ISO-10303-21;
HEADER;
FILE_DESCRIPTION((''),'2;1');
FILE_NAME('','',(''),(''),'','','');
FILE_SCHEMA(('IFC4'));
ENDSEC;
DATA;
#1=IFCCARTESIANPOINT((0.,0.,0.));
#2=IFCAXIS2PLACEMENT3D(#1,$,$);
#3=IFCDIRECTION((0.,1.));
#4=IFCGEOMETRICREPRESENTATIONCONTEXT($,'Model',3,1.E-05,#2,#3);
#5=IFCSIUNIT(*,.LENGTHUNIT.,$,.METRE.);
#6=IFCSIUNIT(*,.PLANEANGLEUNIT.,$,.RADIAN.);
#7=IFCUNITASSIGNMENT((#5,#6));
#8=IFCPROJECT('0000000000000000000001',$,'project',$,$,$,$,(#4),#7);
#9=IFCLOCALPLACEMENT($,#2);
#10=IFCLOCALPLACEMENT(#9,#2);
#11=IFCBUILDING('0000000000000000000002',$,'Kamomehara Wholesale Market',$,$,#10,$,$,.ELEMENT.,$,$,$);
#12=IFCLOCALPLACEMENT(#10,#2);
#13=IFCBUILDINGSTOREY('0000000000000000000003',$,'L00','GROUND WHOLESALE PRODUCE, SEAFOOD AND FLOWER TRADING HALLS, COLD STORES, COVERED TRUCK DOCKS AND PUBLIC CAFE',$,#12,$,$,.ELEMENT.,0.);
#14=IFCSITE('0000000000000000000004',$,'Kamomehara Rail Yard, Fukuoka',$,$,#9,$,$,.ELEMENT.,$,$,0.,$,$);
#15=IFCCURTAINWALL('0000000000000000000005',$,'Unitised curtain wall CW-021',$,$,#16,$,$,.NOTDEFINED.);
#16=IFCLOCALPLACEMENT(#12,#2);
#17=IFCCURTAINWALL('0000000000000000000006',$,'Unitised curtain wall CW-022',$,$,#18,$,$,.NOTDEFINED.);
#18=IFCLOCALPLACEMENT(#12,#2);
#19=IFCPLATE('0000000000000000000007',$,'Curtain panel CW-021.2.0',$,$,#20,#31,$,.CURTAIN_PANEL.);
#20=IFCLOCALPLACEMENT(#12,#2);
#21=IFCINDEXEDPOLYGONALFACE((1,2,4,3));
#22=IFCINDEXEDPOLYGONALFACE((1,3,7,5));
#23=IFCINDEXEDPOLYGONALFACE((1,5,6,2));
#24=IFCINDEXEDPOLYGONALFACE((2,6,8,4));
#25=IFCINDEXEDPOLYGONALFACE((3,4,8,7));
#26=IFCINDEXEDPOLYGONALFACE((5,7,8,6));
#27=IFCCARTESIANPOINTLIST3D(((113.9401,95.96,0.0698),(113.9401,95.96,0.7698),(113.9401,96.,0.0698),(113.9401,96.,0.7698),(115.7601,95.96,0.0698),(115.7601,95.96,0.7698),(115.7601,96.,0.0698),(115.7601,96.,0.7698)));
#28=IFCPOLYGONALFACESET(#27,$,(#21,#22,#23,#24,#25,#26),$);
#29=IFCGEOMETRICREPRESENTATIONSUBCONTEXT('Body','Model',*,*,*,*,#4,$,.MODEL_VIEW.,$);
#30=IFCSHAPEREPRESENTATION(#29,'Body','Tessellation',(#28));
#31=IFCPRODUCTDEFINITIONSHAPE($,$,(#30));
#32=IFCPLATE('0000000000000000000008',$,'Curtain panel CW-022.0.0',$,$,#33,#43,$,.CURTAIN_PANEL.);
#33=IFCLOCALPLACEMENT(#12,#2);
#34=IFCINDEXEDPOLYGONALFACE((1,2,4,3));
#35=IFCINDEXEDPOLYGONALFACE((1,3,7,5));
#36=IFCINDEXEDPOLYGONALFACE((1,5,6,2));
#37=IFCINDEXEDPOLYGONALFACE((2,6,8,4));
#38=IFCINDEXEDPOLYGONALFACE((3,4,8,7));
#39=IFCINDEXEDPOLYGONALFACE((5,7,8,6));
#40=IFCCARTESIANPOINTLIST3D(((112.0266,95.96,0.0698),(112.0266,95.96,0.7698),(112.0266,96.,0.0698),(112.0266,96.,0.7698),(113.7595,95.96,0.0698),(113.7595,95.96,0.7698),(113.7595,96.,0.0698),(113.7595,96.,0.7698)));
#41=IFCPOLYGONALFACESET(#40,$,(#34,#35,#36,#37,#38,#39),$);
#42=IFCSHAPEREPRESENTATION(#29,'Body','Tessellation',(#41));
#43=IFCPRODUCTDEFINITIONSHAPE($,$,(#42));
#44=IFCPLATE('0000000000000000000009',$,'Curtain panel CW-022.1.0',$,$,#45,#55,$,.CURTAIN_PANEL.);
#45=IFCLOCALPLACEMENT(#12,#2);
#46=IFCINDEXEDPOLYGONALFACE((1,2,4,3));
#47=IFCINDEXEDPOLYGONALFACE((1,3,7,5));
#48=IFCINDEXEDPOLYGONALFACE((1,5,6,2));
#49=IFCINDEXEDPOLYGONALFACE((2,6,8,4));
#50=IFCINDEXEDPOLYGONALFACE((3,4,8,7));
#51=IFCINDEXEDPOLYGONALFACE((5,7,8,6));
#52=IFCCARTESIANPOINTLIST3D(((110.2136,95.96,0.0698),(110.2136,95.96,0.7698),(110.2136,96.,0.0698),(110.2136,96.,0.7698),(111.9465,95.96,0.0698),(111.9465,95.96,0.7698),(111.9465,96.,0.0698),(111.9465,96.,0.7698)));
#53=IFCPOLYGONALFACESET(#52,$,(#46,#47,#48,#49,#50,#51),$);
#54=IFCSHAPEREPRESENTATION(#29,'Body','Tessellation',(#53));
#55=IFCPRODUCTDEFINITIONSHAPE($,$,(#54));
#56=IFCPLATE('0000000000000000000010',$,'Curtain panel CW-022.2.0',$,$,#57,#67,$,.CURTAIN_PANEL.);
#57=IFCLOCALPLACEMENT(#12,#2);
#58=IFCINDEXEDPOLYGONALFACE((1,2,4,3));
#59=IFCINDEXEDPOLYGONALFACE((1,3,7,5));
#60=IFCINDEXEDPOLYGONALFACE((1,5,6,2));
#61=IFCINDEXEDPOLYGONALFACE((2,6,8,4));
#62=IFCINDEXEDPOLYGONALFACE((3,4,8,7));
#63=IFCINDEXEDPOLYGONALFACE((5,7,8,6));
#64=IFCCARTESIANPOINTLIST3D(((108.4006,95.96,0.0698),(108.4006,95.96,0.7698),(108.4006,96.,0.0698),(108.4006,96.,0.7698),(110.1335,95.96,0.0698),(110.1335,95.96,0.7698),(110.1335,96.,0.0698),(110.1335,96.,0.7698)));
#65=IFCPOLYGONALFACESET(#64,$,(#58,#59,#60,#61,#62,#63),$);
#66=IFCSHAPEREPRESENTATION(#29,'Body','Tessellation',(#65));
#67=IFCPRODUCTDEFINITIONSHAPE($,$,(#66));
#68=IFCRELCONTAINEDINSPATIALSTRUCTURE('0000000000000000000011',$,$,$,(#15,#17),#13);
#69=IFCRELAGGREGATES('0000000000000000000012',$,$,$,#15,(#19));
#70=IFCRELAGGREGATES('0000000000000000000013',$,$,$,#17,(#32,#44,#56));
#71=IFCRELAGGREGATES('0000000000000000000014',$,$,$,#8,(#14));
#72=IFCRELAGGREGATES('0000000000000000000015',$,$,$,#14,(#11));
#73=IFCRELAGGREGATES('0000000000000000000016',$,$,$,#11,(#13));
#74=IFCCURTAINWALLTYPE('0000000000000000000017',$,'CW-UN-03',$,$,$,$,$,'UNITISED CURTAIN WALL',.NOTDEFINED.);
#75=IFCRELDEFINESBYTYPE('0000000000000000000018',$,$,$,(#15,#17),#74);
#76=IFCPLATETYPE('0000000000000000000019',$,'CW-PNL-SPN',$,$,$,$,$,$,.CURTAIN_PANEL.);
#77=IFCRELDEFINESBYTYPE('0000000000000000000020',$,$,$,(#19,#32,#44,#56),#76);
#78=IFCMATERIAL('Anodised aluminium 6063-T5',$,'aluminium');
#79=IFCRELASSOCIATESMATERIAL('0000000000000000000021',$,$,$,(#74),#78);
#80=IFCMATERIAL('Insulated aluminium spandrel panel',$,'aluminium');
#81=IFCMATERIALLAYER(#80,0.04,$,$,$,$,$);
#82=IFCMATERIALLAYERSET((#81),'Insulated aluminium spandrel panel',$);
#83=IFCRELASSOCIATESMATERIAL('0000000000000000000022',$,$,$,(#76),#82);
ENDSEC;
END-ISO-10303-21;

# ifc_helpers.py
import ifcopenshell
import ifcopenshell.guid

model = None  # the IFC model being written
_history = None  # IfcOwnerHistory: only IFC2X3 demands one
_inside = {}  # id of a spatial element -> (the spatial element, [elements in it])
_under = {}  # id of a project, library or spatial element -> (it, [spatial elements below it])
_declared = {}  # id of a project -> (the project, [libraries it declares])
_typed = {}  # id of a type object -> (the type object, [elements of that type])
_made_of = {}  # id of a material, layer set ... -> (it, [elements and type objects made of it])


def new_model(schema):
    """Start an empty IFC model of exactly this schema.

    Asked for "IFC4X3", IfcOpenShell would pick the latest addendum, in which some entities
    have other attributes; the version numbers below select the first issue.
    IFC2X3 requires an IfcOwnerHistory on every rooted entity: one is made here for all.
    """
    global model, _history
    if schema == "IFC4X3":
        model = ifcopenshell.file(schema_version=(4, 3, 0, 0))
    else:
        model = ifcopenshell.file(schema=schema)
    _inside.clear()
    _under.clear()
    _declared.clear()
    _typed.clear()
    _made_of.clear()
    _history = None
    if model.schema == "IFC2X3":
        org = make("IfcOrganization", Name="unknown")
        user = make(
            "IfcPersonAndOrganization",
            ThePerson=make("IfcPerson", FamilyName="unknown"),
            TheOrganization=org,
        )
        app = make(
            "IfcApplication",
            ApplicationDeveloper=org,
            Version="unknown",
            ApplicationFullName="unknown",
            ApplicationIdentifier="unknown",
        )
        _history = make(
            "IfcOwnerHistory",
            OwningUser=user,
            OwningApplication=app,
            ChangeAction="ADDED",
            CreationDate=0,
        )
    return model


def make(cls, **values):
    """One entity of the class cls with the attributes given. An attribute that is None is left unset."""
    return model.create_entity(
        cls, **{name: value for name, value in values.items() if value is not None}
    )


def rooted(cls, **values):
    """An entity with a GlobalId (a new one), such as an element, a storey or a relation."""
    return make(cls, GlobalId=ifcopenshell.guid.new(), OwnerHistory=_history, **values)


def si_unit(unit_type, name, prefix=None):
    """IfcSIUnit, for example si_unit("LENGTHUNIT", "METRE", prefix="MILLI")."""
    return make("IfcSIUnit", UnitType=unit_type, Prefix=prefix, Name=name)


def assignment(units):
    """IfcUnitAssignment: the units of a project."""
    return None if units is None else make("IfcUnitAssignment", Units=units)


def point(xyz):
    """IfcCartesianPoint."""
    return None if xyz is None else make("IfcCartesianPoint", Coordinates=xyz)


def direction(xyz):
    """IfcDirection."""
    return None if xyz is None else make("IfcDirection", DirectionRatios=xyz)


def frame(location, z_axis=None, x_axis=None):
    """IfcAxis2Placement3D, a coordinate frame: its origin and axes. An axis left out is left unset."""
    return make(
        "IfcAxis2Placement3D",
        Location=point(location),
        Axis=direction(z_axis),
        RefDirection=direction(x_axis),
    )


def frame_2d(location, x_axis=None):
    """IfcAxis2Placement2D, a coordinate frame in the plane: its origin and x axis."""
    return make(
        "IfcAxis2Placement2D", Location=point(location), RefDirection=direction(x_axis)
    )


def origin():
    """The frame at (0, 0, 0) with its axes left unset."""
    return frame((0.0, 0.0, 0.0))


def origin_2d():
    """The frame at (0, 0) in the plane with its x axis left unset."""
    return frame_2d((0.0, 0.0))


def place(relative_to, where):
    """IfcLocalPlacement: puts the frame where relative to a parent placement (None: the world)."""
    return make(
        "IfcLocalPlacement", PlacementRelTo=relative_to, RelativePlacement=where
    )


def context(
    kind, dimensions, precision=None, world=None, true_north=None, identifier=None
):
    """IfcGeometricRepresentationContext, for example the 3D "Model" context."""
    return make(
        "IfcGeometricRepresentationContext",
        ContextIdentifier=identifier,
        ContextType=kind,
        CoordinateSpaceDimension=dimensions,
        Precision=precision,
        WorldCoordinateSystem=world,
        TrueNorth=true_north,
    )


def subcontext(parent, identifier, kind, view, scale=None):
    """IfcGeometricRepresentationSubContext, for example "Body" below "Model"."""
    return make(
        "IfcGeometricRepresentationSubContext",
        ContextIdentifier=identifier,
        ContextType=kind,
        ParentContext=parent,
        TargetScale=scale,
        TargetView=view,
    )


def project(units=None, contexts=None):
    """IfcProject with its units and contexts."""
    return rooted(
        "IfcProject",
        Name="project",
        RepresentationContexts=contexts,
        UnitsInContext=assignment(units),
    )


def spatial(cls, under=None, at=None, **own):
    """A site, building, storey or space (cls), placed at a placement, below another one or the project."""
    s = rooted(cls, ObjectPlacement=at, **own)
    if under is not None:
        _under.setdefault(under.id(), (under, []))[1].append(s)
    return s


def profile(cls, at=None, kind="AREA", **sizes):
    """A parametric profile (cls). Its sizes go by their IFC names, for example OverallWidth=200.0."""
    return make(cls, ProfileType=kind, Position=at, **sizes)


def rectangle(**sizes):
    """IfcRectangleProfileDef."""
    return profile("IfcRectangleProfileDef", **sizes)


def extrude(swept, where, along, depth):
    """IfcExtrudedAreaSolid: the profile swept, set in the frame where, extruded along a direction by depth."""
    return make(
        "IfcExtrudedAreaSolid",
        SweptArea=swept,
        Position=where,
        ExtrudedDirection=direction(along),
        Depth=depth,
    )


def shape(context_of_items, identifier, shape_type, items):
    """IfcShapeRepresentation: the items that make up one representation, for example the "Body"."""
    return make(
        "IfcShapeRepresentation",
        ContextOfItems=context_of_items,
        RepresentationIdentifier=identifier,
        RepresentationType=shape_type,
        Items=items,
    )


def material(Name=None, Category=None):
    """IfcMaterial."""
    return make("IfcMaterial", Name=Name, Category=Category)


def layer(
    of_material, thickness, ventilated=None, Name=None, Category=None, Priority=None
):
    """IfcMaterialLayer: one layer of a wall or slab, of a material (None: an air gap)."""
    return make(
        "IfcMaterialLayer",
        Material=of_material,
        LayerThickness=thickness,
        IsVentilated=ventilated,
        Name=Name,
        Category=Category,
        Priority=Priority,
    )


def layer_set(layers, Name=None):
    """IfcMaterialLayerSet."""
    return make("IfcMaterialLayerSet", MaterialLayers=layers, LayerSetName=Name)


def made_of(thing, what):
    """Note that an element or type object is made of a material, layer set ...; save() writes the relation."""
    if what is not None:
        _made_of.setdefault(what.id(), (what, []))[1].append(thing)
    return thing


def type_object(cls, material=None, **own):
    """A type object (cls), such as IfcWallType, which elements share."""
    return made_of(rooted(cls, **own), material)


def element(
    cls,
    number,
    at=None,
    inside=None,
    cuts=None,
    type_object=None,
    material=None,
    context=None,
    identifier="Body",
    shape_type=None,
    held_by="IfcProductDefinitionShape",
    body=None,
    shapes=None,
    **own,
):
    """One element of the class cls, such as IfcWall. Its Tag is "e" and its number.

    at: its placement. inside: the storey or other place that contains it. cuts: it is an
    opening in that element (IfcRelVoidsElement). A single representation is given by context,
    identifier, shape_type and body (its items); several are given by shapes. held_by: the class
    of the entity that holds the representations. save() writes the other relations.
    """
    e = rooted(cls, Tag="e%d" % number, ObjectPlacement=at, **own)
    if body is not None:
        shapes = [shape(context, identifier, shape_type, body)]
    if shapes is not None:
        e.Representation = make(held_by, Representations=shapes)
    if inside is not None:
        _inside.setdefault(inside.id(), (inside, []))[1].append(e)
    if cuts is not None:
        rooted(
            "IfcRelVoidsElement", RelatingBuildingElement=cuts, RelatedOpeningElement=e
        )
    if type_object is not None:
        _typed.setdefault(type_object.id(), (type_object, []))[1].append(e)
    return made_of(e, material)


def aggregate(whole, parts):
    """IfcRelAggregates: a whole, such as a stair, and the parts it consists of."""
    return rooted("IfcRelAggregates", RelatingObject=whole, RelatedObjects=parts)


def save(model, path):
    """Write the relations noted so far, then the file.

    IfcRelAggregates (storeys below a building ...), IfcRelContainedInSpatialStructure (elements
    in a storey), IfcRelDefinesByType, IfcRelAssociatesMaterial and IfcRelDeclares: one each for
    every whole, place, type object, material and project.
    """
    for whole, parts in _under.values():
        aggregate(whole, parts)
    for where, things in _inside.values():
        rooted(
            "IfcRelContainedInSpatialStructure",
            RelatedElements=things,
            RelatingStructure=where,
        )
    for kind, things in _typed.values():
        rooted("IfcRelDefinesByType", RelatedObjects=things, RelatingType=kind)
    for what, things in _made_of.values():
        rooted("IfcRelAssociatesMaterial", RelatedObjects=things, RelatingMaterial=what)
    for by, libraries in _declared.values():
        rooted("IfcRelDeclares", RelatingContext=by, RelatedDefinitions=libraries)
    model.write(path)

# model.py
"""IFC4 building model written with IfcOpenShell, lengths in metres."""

from ifc_helpers import new_model, si_unit, direction, frame, origin, origin_2d, place, context, subcontext, project, spatial, rectangle, extrude, material, layer, layer_set, type_object, element, aggregate, save


model = new_model("IFC4")

# Units and contexts
model_context = context("Model", 3, precision=1e-05, world=origin(), true_north=direction((0.0, 1.0)))
body_context = subcontext(model_context, "Body", "Model", "MODEL_VIEW")
ifc_project = project(units=[si_unit("LENGTHUNIT", "METRE"), si_unit("PLANEANGLEUNIT", "RADIAN")], contexts=[model_context])

# Site, building, storey
site_placement = place(None, origin())
site = spatial("IfcSite", under=ifc_project, at=site_placement, Name="Kamomehara Rail Yard, Fukuoka", CompositionType="ELEMENT", RefElevation=0.0)
building_placement = place(site_placement, origin())
building = spatial("IfcBuilding", under=site, at=building_placement, Name="Kamomehara Wholesale Market", CompositionType="ELEMENT")
storey_placement = place(building_placement, origin())
storey = spatial("IfcBuildingStorey", under=building, at=storey_placement, Name="L00", Description="GROUND WHOLESALE PRODUCE, SEAFOOD AND FLOWER TRADING HALLS, COLD STORES, COVERED TRUCK DOCKS AND PUBLIC CAFE", CompositionType="ELEMENT", Elevation=0.0)

# Curtain wall
ifc_material_1 = material(Name="Anodised aluminium 6063-T5", Category="aluminium")
curtain_wall_type = type_object("IfcCurtainWallType", Name="CW-UN-03", ElementType="UNITISED CURTAIN WALL", PredefinedType="NOTDEFINED", material=ifc_material_1)
curtain_wall_1_placement = place(storey_placement, origin())
curtain_wall_1 = element("IfcCurtainWall", 1, at=curtain_wall_1_placement, inside=storey, type_object=curtain_wall_type, Name="Unitised curtain wall CW-021", PredefinedType="NOTDEFINED")

# Curtain wall
curtain_wall_2_placement = place(storey_placement, origin())
curtain_wall_2 = element("IfcCurtainWall", 2, at=curtain_wall_2_placement, inside=storey, type_object=curtain_wall_type, Name="Unitised curtain wall CW-022", PredefinedType="NOTDEFINED")

# Plates
ifc_material_2 = material(Name="Insulated aluminium spandrel panel", Category="aluminium")
ifc_layer_1 = layer(ifc_material_2, 0.04)
ifc_layer_set_1 = layer_set([ifc_layer_1], Name="Insulated aluminium spandrel panel")
plate_type_1 = type_object("IfcPlateType", Name="CW-PNL-SPN", PredefinedType="CURTAIN_PANEL", material=ifc_layer_set_1)
plate_1_placement = place(storey_placement, frame((114.8501, 95.98, 0.0698), z_axis=(0.0, 0.0, 1.0), x_axis=(-1.0, 0.0, 0.0)))
plate_1 = element("IfcPlate", 3, at=plate_1_placement, type_object=plate_type_1, Name="Curtain panel CW-021.2.0", PredefinedType="CURTAIN_PANEL", context=body_context, shape_type="SweptSolid", body=[
    extrude(rectangle(XDim=1.8201, YDim=0.04, at=origin_2d()), origin(), (0.0, 0.0, 1.0), 0.7),
])
aggregate(curtain_wall_1, [plate_1])
plate_2_placement = place(storey_placement, frame((112.8931, 95.98, 0.0698), z_axis=(0.0, 0.0, 1.0), x_axis=(-1.0, 0.0, 0.0)))
plate_2 = element("IfcPlate", 4, at=plate_2_placement, type_object=plate_type_1, Name="Curtain panel CW-022.0.0", PredefinedType="CURTAIN_PANEL", context=body_context, shape_type="SweptSolid", body=[
    extrude(rectangle(XDim=1.7329, YDim=0.04, at=origin_2d()), origin(), (0.0, 0.0, 1.0), 0.7),
])
plate_3_placement = place(storey_placement, frame((111.0801, 95.98, 0.0698), z_axis=(0.0, 0.0, 1.0), x_axis=(-1.0, 0.0, 0.0)))
plate_3 = element("IfcPlate", 5, at=plate_3_placement, type_object=plate_type_1, Name="Curtain panel CW-022.1.0", PredefinedType="CURTAIN_PANEL", context=body_context, shape_type="SweptSolid", body=[
    extrude(rectangle(XDim=1.7329, YDim=0.04, at=origin_2d()), origin(), (0.0, 0.0, 1.0), 0.7),
])
plate_4_placement = place(storey_placement, frame((109.2671, 95.98, 0.0698), z_axis=(0.0, 0.0, 1.0), x_axis=(-1.0, 0.0, 0.0)))
plate_4 = element("IfcPlate", 6, at=plate_4_placement, type_object=plate_type_1, Name="Curtain panel CW-022.2.0", PredefinedType="CURTAIN_PANEL", context=body_context, shape_type="SweptSolid", body=[
    extrude(rectangle(XDim=1.7329, YDim=0.04, at=origin_2d()), origin(), (0.0, 0.0, 1.0), 0.7),
])
aggregate(curtain_wall_2, [plate_2, plate_3, plate_4])

save(model, "model.ifc")
